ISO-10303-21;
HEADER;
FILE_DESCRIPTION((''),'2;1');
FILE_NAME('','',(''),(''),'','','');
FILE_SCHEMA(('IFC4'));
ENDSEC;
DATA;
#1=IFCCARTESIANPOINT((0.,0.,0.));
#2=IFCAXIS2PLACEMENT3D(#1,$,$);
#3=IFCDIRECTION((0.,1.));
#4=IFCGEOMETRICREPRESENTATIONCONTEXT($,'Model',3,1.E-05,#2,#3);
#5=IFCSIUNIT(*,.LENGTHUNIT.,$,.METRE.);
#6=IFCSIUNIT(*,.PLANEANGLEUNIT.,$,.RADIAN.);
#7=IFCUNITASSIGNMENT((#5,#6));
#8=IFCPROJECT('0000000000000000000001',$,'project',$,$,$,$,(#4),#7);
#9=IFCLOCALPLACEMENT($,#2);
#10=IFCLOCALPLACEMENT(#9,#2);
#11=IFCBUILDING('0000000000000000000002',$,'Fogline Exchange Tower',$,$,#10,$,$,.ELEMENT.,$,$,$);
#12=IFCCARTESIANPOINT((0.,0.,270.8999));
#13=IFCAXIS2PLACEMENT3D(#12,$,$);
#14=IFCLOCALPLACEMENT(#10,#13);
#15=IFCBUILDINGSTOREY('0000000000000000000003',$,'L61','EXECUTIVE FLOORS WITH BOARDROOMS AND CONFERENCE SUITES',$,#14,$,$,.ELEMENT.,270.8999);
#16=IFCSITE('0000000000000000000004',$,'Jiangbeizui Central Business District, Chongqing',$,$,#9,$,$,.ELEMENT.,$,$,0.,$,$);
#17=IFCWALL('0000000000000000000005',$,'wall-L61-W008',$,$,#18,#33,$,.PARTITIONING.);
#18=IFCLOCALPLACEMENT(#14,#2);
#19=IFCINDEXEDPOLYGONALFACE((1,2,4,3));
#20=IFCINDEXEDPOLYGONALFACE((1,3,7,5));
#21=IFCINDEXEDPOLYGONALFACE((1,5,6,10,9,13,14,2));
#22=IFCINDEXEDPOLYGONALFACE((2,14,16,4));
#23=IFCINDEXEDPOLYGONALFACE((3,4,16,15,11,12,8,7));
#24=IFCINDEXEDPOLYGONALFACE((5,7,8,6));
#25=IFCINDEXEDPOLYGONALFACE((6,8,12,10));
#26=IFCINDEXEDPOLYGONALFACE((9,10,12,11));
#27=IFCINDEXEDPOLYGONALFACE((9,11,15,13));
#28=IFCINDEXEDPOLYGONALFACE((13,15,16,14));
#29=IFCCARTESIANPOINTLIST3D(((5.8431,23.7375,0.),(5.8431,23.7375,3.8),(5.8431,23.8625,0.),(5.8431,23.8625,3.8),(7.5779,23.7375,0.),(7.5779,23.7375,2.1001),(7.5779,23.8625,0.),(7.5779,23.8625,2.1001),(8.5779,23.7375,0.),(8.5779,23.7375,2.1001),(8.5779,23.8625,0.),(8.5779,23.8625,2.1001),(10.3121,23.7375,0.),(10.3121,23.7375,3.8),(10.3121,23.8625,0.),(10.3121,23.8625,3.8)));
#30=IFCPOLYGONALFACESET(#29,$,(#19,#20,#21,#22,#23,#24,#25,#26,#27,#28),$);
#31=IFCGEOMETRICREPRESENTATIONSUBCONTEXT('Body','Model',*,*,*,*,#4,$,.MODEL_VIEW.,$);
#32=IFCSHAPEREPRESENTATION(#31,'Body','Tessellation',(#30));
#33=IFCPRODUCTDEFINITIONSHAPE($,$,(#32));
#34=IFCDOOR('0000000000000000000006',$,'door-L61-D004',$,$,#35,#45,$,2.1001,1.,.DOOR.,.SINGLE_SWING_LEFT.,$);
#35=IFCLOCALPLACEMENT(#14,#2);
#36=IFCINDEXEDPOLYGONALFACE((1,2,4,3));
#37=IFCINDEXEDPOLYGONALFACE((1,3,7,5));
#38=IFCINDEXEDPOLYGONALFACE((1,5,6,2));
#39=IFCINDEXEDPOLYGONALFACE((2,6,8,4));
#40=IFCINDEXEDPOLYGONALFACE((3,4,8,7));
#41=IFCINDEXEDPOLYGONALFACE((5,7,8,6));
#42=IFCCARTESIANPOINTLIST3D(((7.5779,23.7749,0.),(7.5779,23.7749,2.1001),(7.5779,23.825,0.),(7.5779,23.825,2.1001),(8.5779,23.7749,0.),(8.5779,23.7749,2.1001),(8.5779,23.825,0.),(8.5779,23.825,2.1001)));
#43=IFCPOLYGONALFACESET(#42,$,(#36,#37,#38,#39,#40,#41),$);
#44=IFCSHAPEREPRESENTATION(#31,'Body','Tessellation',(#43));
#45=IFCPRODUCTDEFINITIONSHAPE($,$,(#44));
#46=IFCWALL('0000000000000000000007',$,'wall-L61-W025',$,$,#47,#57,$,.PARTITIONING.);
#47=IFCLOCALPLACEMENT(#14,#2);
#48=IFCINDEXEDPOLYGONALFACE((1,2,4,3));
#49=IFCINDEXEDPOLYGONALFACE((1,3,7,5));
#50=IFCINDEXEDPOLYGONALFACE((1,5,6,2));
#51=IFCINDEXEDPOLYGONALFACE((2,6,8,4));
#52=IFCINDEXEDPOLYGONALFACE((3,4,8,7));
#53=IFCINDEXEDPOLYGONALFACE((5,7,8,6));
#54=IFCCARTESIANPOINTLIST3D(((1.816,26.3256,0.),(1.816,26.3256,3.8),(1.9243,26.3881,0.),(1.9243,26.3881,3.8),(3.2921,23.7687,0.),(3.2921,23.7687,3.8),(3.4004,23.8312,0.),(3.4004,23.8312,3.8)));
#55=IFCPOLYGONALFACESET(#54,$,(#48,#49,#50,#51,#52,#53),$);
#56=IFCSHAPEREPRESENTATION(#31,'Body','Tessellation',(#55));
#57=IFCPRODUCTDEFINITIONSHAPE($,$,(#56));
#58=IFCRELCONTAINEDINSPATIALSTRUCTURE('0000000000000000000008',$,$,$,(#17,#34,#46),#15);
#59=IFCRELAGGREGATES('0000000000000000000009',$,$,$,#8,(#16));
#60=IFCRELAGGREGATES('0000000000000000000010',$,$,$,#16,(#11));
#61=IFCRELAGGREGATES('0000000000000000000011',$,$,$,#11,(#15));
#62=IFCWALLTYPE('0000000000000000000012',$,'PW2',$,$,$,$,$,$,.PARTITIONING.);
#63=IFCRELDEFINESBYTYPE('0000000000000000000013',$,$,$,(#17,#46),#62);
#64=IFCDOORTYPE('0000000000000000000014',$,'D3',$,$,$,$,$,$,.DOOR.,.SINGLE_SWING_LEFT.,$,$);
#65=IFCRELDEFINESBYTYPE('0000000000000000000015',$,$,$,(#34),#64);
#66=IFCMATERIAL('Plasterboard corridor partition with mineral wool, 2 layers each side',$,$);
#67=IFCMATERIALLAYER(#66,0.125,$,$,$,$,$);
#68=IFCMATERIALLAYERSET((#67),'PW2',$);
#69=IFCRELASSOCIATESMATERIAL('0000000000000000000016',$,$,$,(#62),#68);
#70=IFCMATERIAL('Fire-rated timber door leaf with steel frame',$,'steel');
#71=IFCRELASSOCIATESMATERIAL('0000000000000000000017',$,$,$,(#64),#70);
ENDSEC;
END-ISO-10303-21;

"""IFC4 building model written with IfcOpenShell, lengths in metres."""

from ifc_helpers import new_model, si_unit, direction, frame, frame_2d, origin, place, context, subcontext, project, spatial, rectangle, extrude, material, layer, layer_set, type_object, element, fill, save


model = new_model("IFC4")

# Units and contexts
model_context = context("Model", 3, precision=1e-05, world=origin(), true_north=direction((0.0, 1.0)))
body_context = subcontext(model_context, "Body", "Model", "MODEL_VIEW")
ifc_project = project(units=[si_unit("LENGTHUNIT", "METRE"), si_unit("PLANEANGLEUNIT", "RADIAN")], contexts=[model_context])

# Site, building, storey
site_placement = place(None, origin())
site = spatial("IfcSite", under=ifc_project, at=site_placement, Name="Jiangbeizui Central Business District, Chongqing", CompositionType="ELEMENT", RefElevation=0.0)
building_placement = place(site_placement, origin())
building = spatial("IfcBuilding", under=site, at=building_placement, Name="Fogline Exchange Tower", CompositionType="ELEMENT")
storey_placement = place(building_placement, frame((0.0, 0.0, 270.8999)))
storey = spatial("IfcBuildingStorey", under=building, at=storey_placement, Name="L61", Description="EXECUTIVE FLOORS WITH BOARDROOMS AND CONFERENCE SUITES", CompositionType="ELEMENT", Elevation=270.8999)

# Shared definitions
ifc_material_1 = material(Name="Plasterboard corridor partition with mineral wool, 2 layers each side")
ifc_layer_1 = layer(ifc_material_1, 0.125)
ifc_layer_set_1 = layer_set([ifc_layer_1], Name="PW2")
wall_type_1 = type_object("IfcWallType", Name="PW2", PredefinedType="PARTITIONING", material=ifc_layer_set_1)

# Wall, opening, door
wall_1_placement = place(storey_placement, frame((5.8433, 23.8, 0.0), z_axis=(0.0, 0.0, 1.0), x_axis=(1.0, 0.0, 0.0)))
wall_1 = element("IfcWall", 1, at=wall_1_placement, inside=storey, type_object=wall_type_1, Name="wall-L61-W008", PredefinedType="PARTITIONING", context=body_context, shape_type="SweptSolid", body=[
    extrude(rectangle(XDim=4.469, YDim=0.125, at=frame_2d((2.2344, 0.0))), origin(), (0.0, 0.0, 1.0), 3.8),
])
opening_1_placement = place(wall_1_placement, frame((1.7346, 0.0, 0.0)))
opening_1 = element("IfcOpeningElement", 2, at=opening_1_placement, cuts=wall_1, PredefinedType="OPENING", context=body_context, shape_type="SweptSolid", body=[
    extrude(rectangle(XDim=1.0, YDim=2.1001, at=frame_2d((0.5, 1.05))), frame((0.0, 0.0725, 0.0), z_axis=(0.0, -1.0, 0.0), x_axis=(1.0, 0.0, 0.0)), (0.0, 0.0, 1.0), 0.145),
])
ifc_material_2 = material(Name="Fire-rated timber door leaf with steel frame", Category="steel")
door_type_1 = type_object("IfcDoorType", Name="D3", OperationType="SINGLE_SWING_LEFT", PredefinedType="DOOR", material=ifc_material_2)
door_1_placement = place(opening_1_placement, origin())
door_1 = element("IfcDoor", 3, at=door_1_placement, inside=storey, type_object=door_type_1, Name="door-L61-D004", OperationType="SINGLE_SWING_LEFT", OverallHeight=2.1001, OverallWidth=1.0, PredefinedType="DOOR", context=body_context, shape_type="SweptSolid", body=[
    extrude(rectangle(XDim=1.0, YDim=2.1001, at=frame_2d((0.5, 1.05))), frame((0.0, 0.0249, 0.0), z_axis=(0.0, -1.0, 0.0), x_axis=(1.0, 0.0, 0.0)), (0.0, 0.0, 1.0), 0.05),
])
fill(opening_1, door_1)

# Wall
wall_2_placement = place(storey_placement, frame((3.3462, 23.8, 0.0), z_axis=(0.0, 0.0, 1.0), x_axis=(-0.499963, 0.866047, 0.0)))
element("IfcWall", 4, at=wall_2_placement, inside=storey, type_object=wall_type_1, Name="wall-L61-W025", PredefinedType="PARTITIONING", context=body_context, shape_type="SweptSolid", body=[
    extrude(rectangle(XDim=2.9524, YDim=0.125, at=frame_2d((1.4761, 0.0))), origin(), (0.0, 0.0, 1.0), 3.8),
])

save(model, "model.ifc")
